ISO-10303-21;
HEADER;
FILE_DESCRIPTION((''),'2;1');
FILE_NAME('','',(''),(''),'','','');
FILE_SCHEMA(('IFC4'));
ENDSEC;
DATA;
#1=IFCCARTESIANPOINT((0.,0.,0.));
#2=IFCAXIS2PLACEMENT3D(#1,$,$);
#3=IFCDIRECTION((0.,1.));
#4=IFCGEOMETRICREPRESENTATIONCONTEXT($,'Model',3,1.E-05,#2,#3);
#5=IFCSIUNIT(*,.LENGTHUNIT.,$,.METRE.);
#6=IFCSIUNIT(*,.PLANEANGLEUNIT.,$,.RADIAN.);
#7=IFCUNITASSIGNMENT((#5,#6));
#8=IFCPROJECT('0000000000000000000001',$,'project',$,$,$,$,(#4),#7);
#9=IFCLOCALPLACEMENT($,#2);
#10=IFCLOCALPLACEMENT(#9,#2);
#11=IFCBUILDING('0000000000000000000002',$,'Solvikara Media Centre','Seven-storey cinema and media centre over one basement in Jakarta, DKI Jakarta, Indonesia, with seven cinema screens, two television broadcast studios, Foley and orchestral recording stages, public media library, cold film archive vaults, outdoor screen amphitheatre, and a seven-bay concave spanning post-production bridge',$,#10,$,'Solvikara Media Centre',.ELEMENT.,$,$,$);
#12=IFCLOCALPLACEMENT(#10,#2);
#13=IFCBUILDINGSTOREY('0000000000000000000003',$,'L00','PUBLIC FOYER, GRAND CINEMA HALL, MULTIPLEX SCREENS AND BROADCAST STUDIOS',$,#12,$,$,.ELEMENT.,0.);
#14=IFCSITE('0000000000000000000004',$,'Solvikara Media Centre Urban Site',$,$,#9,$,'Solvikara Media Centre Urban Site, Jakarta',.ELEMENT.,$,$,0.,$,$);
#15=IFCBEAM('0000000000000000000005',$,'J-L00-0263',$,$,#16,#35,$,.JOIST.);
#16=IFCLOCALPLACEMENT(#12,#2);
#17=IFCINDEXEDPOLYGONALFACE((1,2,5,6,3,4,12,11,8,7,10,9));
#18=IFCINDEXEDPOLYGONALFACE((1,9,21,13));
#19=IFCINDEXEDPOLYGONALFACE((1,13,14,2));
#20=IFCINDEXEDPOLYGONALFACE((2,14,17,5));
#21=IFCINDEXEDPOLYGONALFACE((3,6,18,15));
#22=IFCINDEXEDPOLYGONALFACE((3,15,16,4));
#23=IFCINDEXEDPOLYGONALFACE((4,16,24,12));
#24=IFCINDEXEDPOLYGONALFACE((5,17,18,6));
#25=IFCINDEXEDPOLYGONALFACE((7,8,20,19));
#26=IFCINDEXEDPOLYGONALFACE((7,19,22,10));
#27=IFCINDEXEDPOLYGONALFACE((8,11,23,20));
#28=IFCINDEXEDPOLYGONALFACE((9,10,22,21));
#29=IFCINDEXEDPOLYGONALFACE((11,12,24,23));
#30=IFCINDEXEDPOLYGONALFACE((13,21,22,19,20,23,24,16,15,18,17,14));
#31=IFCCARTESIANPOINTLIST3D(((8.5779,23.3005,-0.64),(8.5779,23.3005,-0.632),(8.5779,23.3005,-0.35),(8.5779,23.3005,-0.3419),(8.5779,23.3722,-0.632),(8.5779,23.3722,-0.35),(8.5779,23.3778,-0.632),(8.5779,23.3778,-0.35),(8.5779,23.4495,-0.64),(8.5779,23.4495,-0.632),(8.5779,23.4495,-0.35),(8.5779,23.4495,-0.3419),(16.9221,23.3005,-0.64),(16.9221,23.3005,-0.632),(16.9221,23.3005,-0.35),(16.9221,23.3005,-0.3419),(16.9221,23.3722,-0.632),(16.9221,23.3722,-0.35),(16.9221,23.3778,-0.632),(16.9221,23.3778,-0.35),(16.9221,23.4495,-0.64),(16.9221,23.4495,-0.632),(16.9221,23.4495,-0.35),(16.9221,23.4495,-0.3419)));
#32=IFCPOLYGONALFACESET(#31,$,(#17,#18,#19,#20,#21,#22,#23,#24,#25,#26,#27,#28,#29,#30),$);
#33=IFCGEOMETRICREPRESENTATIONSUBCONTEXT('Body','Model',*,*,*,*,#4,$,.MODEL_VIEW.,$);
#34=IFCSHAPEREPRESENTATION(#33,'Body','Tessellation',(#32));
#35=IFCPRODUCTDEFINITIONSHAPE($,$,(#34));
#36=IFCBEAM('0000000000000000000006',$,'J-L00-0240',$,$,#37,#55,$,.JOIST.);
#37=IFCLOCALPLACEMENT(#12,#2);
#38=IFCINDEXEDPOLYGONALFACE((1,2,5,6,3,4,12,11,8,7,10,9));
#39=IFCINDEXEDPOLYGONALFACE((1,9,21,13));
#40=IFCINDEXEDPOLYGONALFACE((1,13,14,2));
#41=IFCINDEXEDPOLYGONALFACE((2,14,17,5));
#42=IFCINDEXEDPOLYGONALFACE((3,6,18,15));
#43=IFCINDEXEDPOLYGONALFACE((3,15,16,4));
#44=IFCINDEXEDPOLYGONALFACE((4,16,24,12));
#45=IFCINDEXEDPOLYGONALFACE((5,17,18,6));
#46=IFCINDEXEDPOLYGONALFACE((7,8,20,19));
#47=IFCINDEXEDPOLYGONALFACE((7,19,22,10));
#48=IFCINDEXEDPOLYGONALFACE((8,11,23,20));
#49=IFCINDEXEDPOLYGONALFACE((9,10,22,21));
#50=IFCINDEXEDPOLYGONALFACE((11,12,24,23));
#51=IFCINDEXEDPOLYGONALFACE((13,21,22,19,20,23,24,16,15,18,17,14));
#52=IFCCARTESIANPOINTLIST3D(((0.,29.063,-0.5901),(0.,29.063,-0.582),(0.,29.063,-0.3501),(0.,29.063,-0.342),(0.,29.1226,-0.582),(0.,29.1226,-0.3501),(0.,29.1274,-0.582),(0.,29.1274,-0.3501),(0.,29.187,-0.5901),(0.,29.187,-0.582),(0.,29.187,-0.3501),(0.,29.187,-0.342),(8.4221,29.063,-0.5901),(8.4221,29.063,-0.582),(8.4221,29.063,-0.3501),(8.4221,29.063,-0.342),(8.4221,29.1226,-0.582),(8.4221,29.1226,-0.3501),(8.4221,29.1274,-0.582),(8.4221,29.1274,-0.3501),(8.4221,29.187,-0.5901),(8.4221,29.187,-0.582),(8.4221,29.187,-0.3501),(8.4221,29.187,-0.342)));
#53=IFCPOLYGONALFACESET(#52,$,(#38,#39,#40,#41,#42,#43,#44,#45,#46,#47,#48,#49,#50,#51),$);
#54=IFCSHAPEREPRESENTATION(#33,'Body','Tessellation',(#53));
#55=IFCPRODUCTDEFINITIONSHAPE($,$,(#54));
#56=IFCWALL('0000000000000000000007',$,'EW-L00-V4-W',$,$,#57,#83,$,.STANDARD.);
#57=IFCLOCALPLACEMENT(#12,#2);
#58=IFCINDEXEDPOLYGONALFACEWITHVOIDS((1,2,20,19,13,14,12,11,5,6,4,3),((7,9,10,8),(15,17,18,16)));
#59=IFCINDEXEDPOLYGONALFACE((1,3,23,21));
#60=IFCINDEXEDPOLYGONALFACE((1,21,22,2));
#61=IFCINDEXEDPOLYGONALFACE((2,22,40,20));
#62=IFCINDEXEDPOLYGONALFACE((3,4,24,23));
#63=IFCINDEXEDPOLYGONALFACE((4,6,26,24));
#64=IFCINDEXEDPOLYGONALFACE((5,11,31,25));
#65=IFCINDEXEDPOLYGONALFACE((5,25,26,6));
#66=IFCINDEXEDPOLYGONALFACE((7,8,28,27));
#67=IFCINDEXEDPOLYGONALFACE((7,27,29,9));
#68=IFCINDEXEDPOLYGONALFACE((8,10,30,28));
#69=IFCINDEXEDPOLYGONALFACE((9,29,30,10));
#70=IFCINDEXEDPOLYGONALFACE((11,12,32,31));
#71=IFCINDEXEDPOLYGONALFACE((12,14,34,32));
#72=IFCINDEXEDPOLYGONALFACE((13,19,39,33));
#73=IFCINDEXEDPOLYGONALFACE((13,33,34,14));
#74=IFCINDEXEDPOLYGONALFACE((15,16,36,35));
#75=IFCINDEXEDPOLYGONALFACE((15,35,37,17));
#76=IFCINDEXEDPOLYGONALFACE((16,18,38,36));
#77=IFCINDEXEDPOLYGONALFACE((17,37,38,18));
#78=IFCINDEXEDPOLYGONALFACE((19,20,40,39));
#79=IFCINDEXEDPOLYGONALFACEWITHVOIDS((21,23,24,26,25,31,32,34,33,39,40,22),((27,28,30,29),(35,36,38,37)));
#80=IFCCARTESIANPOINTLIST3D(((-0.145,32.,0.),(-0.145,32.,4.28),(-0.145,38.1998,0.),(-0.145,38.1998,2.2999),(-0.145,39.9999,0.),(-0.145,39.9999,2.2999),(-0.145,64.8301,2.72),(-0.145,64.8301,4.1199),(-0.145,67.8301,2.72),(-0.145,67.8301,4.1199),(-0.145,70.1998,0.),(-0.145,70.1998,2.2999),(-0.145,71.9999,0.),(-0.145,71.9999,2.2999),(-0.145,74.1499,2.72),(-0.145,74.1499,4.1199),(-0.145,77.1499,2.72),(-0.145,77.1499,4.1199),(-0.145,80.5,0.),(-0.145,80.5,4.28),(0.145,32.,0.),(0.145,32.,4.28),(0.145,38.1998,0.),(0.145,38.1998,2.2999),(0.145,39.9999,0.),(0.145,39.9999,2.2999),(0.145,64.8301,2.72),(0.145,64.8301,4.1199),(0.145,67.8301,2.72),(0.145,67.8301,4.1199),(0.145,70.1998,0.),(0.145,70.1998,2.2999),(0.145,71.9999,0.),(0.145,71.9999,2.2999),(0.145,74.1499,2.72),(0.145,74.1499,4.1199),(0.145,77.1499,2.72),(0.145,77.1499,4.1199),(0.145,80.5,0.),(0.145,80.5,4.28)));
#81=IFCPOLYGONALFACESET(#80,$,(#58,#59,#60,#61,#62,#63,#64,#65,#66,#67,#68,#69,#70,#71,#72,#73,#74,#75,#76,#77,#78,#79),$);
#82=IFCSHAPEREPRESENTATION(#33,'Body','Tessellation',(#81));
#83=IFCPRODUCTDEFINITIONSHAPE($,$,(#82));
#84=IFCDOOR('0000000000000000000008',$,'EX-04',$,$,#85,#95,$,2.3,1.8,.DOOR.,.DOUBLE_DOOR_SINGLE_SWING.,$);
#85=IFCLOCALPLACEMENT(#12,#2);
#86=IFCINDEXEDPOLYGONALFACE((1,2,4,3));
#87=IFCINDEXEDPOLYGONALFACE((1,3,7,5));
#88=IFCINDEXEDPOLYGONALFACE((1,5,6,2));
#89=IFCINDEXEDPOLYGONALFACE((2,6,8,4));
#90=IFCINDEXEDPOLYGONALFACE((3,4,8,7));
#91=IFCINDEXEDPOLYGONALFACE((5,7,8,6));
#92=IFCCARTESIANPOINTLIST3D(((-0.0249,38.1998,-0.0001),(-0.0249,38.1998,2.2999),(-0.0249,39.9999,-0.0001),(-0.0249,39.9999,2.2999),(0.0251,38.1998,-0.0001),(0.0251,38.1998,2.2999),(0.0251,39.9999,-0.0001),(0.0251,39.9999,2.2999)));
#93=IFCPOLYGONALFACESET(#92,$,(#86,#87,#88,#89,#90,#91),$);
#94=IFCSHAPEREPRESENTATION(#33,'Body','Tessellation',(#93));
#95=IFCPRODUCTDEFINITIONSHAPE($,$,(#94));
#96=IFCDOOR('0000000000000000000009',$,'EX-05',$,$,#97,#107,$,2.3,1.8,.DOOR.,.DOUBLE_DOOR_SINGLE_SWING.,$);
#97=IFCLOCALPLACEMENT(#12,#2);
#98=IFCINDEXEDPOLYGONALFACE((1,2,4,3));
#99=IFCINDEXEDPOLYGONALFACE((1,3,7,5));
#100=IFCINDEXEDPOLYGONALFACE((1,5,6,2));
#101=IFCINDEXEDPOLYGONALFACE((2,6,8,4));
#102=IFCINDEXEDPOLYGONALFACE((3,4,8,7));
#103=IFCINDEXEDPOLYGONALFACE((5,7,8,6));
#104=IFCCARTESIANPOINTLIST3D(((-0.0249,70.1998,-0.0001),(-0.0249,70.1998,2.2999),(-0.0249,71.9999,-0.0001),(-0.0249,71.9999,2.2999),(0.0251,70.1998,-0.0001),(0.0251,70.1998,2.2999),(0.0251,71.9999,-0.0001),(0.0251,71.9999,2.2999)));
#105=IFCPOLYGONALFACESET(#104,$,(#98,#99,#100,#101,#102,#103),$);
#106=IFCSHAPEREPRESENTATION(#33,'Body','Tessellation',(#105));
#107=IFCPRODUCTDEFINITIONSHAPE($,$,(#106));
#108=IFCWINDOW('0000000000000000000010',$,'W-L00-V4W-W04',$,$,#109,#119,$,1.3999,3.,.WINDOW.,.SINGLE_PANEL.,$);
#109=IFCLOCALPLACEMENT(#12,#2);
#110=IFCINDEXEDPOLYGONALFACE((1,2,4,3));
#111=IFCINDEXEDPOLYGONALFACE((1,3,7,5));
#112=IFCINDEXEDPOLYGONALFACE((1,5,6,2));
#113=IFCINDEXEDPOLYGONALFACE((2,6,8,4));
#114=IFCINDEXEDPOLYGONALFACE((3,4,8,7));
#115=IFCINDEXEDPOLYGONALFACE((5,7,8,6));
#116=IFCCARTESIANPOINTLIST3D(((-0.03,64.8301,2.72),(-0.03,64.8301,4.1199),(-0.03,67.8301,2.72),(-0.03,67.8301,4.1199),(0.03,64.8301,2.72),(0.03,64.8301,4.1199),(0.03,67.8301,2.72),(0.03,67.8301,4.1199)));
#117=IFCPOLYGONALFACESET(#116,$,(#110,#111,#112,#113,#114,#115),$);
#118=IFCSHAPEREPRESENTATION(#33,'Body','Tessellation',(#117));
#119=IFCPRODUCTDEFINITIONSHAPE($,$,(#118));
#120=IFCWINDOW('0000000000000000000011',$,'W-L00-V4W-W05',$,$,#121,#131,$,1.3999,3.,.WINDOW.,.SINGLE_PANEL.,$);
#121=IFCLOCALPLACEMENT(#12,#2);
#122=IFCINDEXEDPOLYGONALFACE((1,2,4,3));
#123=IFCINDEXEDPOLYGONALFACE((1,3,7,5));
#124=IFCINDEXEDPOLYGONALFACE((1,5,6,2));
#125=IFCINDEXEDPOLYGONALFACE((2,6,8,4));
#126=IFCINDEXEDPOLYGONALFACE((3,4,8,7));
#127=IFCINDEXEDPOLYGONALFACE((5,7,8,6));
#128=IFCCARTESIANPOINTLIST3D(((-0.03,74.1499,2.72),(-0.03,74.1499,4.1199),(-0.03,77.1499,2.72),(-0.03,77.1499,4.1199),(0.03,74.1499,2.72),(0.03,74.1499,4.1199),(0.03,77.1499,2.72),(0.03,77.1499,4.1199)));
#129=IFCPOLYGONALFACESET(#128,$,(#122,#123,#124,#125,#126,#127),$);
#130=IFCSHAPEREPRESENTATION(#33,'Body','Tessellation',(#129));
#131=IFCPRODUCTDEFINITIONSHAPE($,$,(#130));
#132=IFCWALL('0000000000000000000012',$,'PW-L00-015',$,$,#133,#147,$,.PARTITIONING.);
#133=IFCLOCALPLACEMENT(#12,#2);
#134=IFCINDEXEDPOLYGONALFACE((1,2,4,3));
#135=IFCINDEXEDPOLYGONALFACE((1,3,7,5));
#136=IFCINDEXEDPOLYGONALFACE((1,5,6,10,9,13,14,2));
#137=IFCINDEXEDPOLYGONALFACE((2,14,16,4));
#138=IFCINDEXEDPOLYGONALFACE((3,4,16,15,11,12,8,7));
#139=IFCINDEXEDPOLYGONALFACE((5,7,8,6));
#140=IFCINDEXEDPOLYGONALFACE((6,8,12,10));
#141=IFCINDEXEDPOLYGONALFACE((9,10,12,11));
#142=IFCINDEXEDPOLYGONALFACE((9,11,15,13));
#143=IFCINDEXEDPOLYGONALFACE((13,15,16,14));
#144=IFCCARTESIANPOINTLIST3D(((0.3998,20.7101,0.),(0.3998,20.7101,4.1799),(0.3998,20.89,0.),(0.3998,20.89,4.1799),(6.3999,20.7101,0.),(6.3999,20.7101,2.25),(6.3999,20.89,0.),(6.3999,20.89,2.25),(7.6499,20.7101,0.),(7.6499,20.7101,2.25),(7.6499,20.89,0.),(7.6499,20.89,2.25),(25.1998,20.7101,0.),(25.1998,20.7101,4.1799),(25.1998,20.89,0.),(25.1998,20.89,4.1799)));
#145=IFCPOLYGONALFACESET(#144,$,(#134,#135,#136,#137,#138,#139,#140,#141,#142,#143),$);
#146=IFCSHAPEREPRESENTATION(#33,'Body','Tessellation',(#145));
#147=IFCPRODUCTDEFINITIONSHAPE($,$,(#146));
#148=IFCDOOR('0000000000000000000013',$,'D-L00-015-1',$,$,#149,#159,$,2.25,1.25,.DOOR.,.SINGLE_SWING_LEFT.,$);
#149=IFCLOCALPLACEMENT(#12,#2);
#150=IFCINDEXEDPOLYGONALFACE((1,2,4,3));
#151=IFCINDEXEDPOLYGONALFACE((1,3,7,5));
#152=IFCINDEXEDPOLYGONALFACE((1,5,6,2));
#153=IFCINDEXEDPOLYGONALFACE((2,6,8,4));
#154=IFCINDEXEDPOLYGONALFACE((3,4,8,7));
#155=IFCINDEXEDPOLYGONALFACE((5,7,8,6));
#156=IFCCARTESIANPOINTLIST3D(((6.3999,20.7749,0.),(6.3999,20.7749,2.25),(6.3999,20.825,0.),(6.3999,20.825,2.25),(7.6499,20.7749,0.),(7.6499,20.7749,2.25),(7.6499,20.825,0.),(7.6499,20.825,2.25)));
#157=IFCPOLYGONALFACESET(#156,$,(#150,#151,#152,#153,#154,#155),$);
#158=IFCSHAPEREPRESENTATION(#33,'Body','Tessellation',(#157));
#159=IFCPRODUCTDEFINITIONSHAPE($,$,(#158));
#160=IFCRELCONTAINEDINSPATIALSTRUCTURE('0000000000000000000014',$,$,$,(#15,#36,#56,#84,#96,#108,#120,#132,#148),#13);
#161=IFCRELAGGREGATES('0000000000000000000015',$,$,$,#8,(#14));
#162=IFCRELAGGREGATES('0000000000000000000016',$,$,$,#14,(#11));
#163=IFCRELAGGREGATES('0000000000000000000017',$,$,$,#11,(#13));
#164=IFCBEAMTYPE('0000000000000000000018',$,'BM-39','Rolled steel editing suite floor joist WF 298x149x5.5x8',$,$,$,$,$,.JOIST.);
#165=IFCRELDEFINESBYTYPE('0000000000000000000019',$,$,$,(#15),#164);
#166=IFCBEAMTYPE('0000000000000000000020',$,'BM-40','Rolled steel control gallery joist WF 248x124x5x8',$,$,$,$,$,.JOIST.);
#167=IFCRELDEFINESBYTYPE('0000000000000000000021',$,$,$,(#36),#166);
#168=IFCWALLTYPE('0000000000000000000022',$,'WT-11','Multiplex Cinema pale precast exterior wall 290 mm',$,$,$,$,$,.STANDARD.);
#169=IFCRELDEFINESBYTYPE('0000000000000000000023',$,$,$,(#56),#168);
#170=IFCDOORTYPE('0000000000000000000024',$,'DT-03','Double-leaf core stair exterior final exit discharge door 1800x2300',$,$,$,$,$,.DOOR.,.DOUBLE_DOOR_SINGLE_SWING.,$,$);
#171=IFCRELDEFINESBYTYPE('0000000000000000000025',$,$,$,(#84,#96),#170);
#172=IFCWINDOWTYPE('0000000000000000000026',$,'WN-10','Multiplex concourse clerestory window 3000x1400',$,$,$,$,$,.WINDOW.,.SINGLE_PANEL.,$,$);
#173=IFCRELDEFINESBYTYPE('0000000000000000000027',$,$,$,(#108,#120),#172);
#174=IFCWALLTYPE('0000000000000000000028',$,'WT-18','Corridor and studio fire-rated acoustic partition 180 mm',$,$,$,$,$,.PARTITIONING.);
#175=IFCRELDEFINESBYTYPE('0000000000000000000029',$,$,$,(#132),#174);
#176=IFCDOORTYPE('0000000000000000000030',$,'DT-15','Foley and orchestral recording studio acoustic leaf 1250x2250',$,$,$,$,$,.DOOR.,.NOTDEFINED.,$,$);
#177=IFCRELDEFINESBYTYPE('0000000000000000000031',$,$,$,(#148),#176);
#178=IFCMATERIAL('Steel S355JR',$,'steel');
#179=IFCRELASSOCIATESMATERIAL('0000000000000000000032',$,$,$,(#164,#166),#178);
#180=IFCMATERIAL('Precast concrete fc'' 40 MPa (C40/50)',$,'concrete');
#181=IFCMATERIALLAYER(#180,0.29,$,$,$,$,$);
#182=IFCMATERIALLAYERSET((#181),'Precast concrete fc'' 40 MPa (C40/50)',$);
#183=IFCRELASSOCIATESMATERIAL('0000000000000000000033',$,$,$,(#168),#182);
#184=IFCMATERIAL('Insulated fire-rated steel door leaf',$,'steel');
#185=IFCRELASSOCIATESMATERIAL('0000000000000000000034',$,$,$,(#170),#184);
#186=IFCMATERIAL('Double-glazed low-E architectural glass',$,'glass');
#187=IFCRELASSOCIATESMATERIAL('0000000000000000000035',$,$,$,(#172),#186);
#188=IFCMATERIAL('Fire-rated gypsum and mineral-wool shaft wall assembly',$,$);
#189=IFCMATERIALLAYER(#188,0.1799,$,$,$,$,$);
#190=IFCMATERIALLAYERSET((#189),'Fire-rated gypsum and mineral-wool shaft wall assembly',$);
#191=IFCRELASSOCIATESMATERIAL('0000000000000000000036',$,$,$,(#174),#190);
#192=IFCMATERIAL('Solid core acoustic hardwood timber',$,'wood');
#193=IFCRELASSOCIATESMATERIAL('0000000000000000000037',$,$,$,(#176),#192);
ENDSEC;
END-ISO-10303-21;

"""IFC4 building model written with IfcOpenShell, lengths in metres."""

from ifc_helpers import new_model, si_unit, direction, frame, frame_2d, origin, origin_2d, place, context, subcontext, project, spatial, rectangle, i_section, extrude, material, layer, layer_set, material_profile, profile_set, type_object, element, fill, save


model = new_model("IFC4")

# Units and contexts
model_context = context("Model", 3, precision=1e-05, world=origin(), true_north=direction((0.0, 1.0)))
body_context = subcontext(model_context, "Body", "Model", "MODEL_VIEW")
ifc_project = project(units=[si_unit("LENGTHUNIT", "METRE"), si_unit("PLANEANGLEUNIT", "RADIAN")], contexts=[model_context])

# Site, building, storey
site_placement = place(None, origin())
site = spatial("IfcSite", under=ifc_project, at=site_placement, Name="Solvikara Media Centre Urban Site", LongName="Solvikara Media Centre Urban Site, Jakarta", CompositionType="ELEMENT", RefElevation=0.0)
building_placement = place(site_placement, origin())
building = spatial("IfcBuilding", under=site, at=building_placement, Name="Solvikara Media Centre", Description="Seven-storey cinema and media centre over one basement in Jakarta, DKI Jakarta, Indonesia, with seven cinema screens, two television broadcast studios, Foley and orchestral recording stages, public media library, cold film archive vaults, outdoor screen amphitheatre, and a seven-bay concave spanning post-production bridge", LongName="Solvikara Media Centre", CompositionType="ELEMENT")
storey_placement = place(building_placement, origin())
storey = spatial("IfcBuildingStorey", under=building, at=storey_placement, Name="L00", Description="PUBLIC FOYER, GRAND CINEMA HALL, MULTIPLEX SCREENS AND BROADCAST STUDIOS", CompositionType="ELEMENT", Elevation=0.0)

# Beams
ifc_material_1 = material(Name="Steel S355JR", Category="steel")
ifc_material_profile_1 = material_profile(ifc_material_1, i_section(OverallWidth=0.1489, OverallDepth=0.2981, WebThickness=0.0056, FlangeThickness=0.0081, at=origin_2d()), Name="WF 298x149x5.5x8")
ifc_profile_set_1 = profile_set([ifc_material_profile_1], Name="Steel S355JR")
beam_type_1 = type_object("IfcBeamType", Name="BM-39", Description="Rolled steel editing suite floor joist WF 298x149x5.5x8", PredefinedType="JOIST", material=ifc_profile_set_1)
beam_1_placement = place(storey_placement, frame((8.5779, 23.375, -0.491), z_axis=(1.0, 0.0, 0.0), x_axis=(0.0, 1.0, 0.0)))
element("IfcBeam", 1, at=beam_1_placement, inside=storey, type_object=beam_type_1, Name="J-L00-0263", PredefinedType="JOIST", context=body_context, shape_type="SweptSolid", body=[
    extrude(i_section(OverallWidth=0.1489, OverallDepth=0.2981, WebThickness=0.0056, FlangeThickness=0.0081, at=origin_2d()), origin(), (0.0, 0.0, 1.0), 8.3442),
])
ifc_material_profile_2 = material_profile(ifc_material_1, i_section(OverallWidth=0.124, OverallDepth=0.248, WebThickness=0.0049, FlangeThickness=0.0081, at=origin_2d()), Name="WF 248x124x5x8")
ifc_profile_set_2 = profile_set([ifc_material_profile_2], Name="Steel S355JR")
beam_type_2 = type_object("IfcBeamType", Name="BM-40", Description="Rolled steel control gallery joist WF 248x124x5x8", PredefinedType="JOIST", material=ifc_profile_set_2)
beam_2_placement = place(storey_placement, frame((0.0, 29.125, -0.4661), z_axis=(1.0, 0.0, 0.0), x_axis=(0.0, 1.0, 0.0)))
element("IfcBeam", 2, at=beam_2_placement, inside=storey, type_object=beam_type_2, Name="J-L00-0240", PredefinedType="JOIST", context=body_context, shape_type="SweptSolid", body=[
    extrude(i_section(OverallWidth=0.124, OverallDepth=0.248, WebThickness=0.0049, FlangeThickness=0.0081, at=origin_2d()), origin(), (0.0, 0.0, 1.0), 8.4221),
])

# Wall, openings, doors, windows
ifc_material_2 = material(Name="Precast concrete fc' 40 MPa (C40/50)", Category="concrete")
ifc_layer_1 = layer(ifc_material_2, 0.29)
ifc_layer_set_1 = layer_set([ifc_layer_1], Name="Precast concrete fc' 40 MPa (C40/50)")
wall_type_1 = type_object("IfcWallType", Name="WT-11", Description="Multiplex Cinema pale precast exterior wall 290 mm", PredefinedType="STANDARD", material=ifc_layer_set_1)
wall_1_placement = place(storey_placement, frame((0.0, 32.0, 0.0), z_axis=(0.0, 0.0, 1.0), x_axis=(0.0, 1.0, 0.0)))
wall_1 = element("IfcWall", 3, at=wall_1_placement, inside=storey, type_object=wall_type_1, Name="EW-L00-V4-W", PredefinedType="STANDARD", context=body_context, shape_type="SweptSolid", body=[
    extrude(rectangle(XDim=48.5, YDim=0.29, at=frame_2d((24.25, 0.0))), origin(), (0.0, 0.0, 1.0), 4.28),
])
opening_1_placement = place(wall_1_placement, frame((6.2, 0.0, 0.0)))
opening_1 = element("IfcOpeningElement", 4, at=opening_1_placement, cuts=wall_1, PredefinedType="OPENING", context=body_context, shape_type="SweptSolid", body=[
    extrude(rectangle(XDim=1.8, YDim=2.3, at=frame_2d((0.8999, 1.1499))), frame((0.0, 0.157, 0.0), z_axis=(0.0, -1.0, 0.0), x_axis=(1.0, 0.0, 0.0)), (0.0, 0.0, 1.0), 0.314),
])
opening_2_placement = place(wall_1_placement, frame((38.2, 0.0, 0.0)))
opening_2 = element("IfcOpeningElement", 5, at=opening_2_placement, cuts=wall_1, PredefinedType="OPENING", context=body_context, shape_type="SweptSolid", body=[
    extrude(rectangle(XDim=1.8, YDim=2.3, at=frame_2d((0.8999, 1.1499))), frame((0.0, 0.157, 0.0), z_axis=(0.0, -1.0, 0.0), x_axis=(1.0, 0.0, 0.0)), (0.0, 0.0, 1.0), 0.314),
])
opening_3_placement = place(wall_1_placement, frame((32.8301, 0.0, 2.72)))
opening_3 = element("IfcOpeningElement", 6, at=opening_3_placement, cuts=wall_1, PredefinedType="OPENING", context=body_context, shape_type="SweptSolid", body=[
    extrude(rectangle(XDim=3.0, YDim=1.3999, at=frame_2d((1.5, 0.7))), frame((0.0, 0.157, 0.0), z_axis=(0.0, -1.0, 0.0), x_axis=(1.0, 0.0, 0.0)), (0.0, 0.0, 1.0), 0.314),
])
opening_4_placement = place(wall_1_placement, frame((42.1499, 0.0, 2.72)))
opening_4 = element("IfcOpeningElement", 7, at=opening_4_placement, cuts=wall_1, PredefinedType="OPENING", context=body_context, shape_type="SweptSolid", body=[
    extrude(rectangle(XDim=3.0, YDim=1.3999, at=frame_2d((1.5, 0.7))), frame((0.0, 0.157, 0.0), z_axis=(0.0, -1.0, 0.0), x_axis=(1.0, 0.0, 0.0)), (0.0, 0.0, 1.0), 0.314),
])
ifc_material_3 = material(Name="Insulated fire-rated steel door leaf", Category="steel")
door_type_1 = type_object("IfcDoorType", Name="DT-03", Description="Double-leaf core stair exterior final exit discharge door 1800x2300", OperationType="DOUBLE_DOOR_SINGLE_SWING", PredefinedType="DOOR", material=ifc_material_3)
door_1_placement = place(opening_1_placement, origin())
door_1 = element("IfcDoor", 8, at=door_1_placement, inside=storey, type_object=door_type_1, Name="EX-04", OperationType="DOUBLE_DOOR_SINGLE_SWING", OverallHeight=2.3, OverallWidth=1.8, PredefinedType="DOOR", context=body_context, shape_type="SweptSolid", body=[
    extrude(rectangle(XDim=1.8, YDim=2.3, at=frame_2d((0.8999, 1.1499))), frame((0.0, 0.0249, 0.0), z_axis=(0.0, -1.0, 0.0), x_axis=(1.0, 0.0, 0.0)), (0.0, 0.0, 1.0), 0.05),
])
fill(opening_1, door_1)
door_2_placement = place(opening_2_placement, origin())
door_2 = element("IfcDoor", 9, at=door_2_placement, inside=storey, type_object=door_type_1, Name="EX-05", OperationType="DOUBLE_DOOR_SINGLE_SWING", OverallHeight=2.3, OverallWidth=1.8, PredefinedType="DOOR", context=body_context, shape_type="SweptSolid", body=[
    extrude(rectangle(XDim=1.8, YDim=2.3, at=frame_2d((0.8999, 1.1499))), frame((0.0, 0.0249, 0.0), z_axis=(0.0, -1.0, 0.0), x_axis=(1.0, 0.0, 0.0)), (0.0, 0.0, 1.0), 0.05),
])
fill(opening_2, door_2)
ifc_material_4 = material(Name="Double-glazed low-E architectural glass", Category="glass")
window_type = type_object("IfcWindowType", Name="WN-10", Description="Multiplex concourse clerestory window 3000x1400", PartitioningType="SINGLE_PANEL", PredefinedType="WINDOW", material=ifc_material_4)
window_1_placement = place(opening_3_placement, origin())
window_1 = element("IfcWindow", 10, at=window_1_placement, inside=storey, type_object=window_type, Name="W-L00-V4W-W04", OverallHeight=1.3999, OverallWidth=3.0, PartitioningType="SINGLE_PANEL", PredefinedType="WINDOW", context=body_context, shape_type="SweptSolid", body=[
    extrude(rectangle(XDim=3.0, YDim=1.3999, at=frame_2d((1.5, 0.7))), frame((0.0, 0.03, 0.0), z_axis=(0.0, -1.0, 0.0), x_axis=(1.0, 0.0, 0.0)), (0.0, 0.0, 1.0), 0.0601),
])
fill(opening_3, window_1)
window_2_placement = place(opening_4_placement, origin())
window_2 = element("IfcWindow", 11, at=window_2_placement, inside=storey, type_object=window_type, Name="W-L00-V4W-W05", OverallHeight=1.3999, OverallWidth=3.0, PartitioningType="SINGLE_PANEL", PredefinedType="WINDOW", context=body_context, shape_type="SweptSolid", body=[
    extrude(rectangle(XDim=3.0, YDim=1.3999, at=frame_2d((1.5, 0.7))), frame((0.0, 0.03, 0.0), z_axis=(0.0, -1.0, 0.0), x_axis=(1.0, 0.0, 0.0)), (0.0, 0.0, 1.0), 0.0601),
])
fill(opening_4, window_2)

# Wall, opening, door
ifc_material_5 = material(Name="Fire-rated gypsum and mineral-wool shaft wall assembly")
ifc_layer_2 = layer(ifc_material_5, 0.1799)
ifc_layer_set_2 = layer_set([ifc_layer_2], Name="Fire-rated gypsum and mineral-wool shaft wall assembly")
wall_type_2 = type_object("IfcWallType", Name="WT-18", Description="Corridor and studio fire-rated acoustic partition 180 mm", PredefinedType="PARTITIONING", material=ifc_layer_set_2)
wall_2_placement = place(storey_placement, frame((0.3999, 20.8, 0.0), z_axis=(0.0, 0.0, 1.0), x_axis=(1.0, 0.0, 0.0)))
wall_2 = element("IfcWall", 12, at=wall_2_placement, inside=storey, type_object=wall_type_2, Name="PW-L00-015", PredefinedType="PARTITIONING", context=body_context, shape_type="SweptSolid", body=[
    extrude(rectangle(XDim=24.8, YDim=0.1799, at=frame_2d((12.3999, 0.0))), origin(), (0.0, 0.0, 1.0), 4.1799),
])
opening_5_placement = place(wall_2_placement, frame((6.0, 0.0, 0.0)))
opening_5 = element("IfcOpeningElement", 13, at=opening_5_placement, cuts=wall_2, PredefinedType="OPENING", context=body_context, shape_type="SweptSolid", body=[
    extrude(rectangle(XDim=1.25, YDim=2.25, at=frame_2d((0.625, 1.125))), frame((0.0, 0.1021, 0.0), z_axis=(0.0, -1.0, 0.0), x_axis=(1.0, 0.0, 0.0)), (0.0, 0.0, 1.0), 0.2039),
])
ifc_material_6 = material(Name="Solid core acoustic hardwood timber", Category="wood")
door_type_2 = type_object("IfcDoorType", Name="DT-15", Description="Foley and orchestral recording studio acoustic leaf 1250x2250", OperationType="NOTDEFINED", PredefinedType="DOOR", material=ifc_material_6)
door_3_placement = place(opening_5_placement, origin())
door_3 = element("IfcDoor", 14, at=door_3_placement, inside=storey, type_object=door_type_2, Name="D-L00-015-1", OperationType="SINGLE_SWING_LEFT", OverallHeight=2.25, OverallWidth=1.25, PredefinedType="DOOR", context=body_context, shape_type="SweptSolid", body=[
    extrude(rectangle(XDim=1.25, YDim=2.25, at=frame_2d((0.625, 1.125))), frame((0.0, 0.0249, 0.0), z_axis=(0.0, -1.0, 0.0), x_axis=(1.0, 0.0, 0.0)), (0.0, 0.0, 1.0), 0.05),
])
fill(opening_5, door_3)

save(model, "model.ifc")
